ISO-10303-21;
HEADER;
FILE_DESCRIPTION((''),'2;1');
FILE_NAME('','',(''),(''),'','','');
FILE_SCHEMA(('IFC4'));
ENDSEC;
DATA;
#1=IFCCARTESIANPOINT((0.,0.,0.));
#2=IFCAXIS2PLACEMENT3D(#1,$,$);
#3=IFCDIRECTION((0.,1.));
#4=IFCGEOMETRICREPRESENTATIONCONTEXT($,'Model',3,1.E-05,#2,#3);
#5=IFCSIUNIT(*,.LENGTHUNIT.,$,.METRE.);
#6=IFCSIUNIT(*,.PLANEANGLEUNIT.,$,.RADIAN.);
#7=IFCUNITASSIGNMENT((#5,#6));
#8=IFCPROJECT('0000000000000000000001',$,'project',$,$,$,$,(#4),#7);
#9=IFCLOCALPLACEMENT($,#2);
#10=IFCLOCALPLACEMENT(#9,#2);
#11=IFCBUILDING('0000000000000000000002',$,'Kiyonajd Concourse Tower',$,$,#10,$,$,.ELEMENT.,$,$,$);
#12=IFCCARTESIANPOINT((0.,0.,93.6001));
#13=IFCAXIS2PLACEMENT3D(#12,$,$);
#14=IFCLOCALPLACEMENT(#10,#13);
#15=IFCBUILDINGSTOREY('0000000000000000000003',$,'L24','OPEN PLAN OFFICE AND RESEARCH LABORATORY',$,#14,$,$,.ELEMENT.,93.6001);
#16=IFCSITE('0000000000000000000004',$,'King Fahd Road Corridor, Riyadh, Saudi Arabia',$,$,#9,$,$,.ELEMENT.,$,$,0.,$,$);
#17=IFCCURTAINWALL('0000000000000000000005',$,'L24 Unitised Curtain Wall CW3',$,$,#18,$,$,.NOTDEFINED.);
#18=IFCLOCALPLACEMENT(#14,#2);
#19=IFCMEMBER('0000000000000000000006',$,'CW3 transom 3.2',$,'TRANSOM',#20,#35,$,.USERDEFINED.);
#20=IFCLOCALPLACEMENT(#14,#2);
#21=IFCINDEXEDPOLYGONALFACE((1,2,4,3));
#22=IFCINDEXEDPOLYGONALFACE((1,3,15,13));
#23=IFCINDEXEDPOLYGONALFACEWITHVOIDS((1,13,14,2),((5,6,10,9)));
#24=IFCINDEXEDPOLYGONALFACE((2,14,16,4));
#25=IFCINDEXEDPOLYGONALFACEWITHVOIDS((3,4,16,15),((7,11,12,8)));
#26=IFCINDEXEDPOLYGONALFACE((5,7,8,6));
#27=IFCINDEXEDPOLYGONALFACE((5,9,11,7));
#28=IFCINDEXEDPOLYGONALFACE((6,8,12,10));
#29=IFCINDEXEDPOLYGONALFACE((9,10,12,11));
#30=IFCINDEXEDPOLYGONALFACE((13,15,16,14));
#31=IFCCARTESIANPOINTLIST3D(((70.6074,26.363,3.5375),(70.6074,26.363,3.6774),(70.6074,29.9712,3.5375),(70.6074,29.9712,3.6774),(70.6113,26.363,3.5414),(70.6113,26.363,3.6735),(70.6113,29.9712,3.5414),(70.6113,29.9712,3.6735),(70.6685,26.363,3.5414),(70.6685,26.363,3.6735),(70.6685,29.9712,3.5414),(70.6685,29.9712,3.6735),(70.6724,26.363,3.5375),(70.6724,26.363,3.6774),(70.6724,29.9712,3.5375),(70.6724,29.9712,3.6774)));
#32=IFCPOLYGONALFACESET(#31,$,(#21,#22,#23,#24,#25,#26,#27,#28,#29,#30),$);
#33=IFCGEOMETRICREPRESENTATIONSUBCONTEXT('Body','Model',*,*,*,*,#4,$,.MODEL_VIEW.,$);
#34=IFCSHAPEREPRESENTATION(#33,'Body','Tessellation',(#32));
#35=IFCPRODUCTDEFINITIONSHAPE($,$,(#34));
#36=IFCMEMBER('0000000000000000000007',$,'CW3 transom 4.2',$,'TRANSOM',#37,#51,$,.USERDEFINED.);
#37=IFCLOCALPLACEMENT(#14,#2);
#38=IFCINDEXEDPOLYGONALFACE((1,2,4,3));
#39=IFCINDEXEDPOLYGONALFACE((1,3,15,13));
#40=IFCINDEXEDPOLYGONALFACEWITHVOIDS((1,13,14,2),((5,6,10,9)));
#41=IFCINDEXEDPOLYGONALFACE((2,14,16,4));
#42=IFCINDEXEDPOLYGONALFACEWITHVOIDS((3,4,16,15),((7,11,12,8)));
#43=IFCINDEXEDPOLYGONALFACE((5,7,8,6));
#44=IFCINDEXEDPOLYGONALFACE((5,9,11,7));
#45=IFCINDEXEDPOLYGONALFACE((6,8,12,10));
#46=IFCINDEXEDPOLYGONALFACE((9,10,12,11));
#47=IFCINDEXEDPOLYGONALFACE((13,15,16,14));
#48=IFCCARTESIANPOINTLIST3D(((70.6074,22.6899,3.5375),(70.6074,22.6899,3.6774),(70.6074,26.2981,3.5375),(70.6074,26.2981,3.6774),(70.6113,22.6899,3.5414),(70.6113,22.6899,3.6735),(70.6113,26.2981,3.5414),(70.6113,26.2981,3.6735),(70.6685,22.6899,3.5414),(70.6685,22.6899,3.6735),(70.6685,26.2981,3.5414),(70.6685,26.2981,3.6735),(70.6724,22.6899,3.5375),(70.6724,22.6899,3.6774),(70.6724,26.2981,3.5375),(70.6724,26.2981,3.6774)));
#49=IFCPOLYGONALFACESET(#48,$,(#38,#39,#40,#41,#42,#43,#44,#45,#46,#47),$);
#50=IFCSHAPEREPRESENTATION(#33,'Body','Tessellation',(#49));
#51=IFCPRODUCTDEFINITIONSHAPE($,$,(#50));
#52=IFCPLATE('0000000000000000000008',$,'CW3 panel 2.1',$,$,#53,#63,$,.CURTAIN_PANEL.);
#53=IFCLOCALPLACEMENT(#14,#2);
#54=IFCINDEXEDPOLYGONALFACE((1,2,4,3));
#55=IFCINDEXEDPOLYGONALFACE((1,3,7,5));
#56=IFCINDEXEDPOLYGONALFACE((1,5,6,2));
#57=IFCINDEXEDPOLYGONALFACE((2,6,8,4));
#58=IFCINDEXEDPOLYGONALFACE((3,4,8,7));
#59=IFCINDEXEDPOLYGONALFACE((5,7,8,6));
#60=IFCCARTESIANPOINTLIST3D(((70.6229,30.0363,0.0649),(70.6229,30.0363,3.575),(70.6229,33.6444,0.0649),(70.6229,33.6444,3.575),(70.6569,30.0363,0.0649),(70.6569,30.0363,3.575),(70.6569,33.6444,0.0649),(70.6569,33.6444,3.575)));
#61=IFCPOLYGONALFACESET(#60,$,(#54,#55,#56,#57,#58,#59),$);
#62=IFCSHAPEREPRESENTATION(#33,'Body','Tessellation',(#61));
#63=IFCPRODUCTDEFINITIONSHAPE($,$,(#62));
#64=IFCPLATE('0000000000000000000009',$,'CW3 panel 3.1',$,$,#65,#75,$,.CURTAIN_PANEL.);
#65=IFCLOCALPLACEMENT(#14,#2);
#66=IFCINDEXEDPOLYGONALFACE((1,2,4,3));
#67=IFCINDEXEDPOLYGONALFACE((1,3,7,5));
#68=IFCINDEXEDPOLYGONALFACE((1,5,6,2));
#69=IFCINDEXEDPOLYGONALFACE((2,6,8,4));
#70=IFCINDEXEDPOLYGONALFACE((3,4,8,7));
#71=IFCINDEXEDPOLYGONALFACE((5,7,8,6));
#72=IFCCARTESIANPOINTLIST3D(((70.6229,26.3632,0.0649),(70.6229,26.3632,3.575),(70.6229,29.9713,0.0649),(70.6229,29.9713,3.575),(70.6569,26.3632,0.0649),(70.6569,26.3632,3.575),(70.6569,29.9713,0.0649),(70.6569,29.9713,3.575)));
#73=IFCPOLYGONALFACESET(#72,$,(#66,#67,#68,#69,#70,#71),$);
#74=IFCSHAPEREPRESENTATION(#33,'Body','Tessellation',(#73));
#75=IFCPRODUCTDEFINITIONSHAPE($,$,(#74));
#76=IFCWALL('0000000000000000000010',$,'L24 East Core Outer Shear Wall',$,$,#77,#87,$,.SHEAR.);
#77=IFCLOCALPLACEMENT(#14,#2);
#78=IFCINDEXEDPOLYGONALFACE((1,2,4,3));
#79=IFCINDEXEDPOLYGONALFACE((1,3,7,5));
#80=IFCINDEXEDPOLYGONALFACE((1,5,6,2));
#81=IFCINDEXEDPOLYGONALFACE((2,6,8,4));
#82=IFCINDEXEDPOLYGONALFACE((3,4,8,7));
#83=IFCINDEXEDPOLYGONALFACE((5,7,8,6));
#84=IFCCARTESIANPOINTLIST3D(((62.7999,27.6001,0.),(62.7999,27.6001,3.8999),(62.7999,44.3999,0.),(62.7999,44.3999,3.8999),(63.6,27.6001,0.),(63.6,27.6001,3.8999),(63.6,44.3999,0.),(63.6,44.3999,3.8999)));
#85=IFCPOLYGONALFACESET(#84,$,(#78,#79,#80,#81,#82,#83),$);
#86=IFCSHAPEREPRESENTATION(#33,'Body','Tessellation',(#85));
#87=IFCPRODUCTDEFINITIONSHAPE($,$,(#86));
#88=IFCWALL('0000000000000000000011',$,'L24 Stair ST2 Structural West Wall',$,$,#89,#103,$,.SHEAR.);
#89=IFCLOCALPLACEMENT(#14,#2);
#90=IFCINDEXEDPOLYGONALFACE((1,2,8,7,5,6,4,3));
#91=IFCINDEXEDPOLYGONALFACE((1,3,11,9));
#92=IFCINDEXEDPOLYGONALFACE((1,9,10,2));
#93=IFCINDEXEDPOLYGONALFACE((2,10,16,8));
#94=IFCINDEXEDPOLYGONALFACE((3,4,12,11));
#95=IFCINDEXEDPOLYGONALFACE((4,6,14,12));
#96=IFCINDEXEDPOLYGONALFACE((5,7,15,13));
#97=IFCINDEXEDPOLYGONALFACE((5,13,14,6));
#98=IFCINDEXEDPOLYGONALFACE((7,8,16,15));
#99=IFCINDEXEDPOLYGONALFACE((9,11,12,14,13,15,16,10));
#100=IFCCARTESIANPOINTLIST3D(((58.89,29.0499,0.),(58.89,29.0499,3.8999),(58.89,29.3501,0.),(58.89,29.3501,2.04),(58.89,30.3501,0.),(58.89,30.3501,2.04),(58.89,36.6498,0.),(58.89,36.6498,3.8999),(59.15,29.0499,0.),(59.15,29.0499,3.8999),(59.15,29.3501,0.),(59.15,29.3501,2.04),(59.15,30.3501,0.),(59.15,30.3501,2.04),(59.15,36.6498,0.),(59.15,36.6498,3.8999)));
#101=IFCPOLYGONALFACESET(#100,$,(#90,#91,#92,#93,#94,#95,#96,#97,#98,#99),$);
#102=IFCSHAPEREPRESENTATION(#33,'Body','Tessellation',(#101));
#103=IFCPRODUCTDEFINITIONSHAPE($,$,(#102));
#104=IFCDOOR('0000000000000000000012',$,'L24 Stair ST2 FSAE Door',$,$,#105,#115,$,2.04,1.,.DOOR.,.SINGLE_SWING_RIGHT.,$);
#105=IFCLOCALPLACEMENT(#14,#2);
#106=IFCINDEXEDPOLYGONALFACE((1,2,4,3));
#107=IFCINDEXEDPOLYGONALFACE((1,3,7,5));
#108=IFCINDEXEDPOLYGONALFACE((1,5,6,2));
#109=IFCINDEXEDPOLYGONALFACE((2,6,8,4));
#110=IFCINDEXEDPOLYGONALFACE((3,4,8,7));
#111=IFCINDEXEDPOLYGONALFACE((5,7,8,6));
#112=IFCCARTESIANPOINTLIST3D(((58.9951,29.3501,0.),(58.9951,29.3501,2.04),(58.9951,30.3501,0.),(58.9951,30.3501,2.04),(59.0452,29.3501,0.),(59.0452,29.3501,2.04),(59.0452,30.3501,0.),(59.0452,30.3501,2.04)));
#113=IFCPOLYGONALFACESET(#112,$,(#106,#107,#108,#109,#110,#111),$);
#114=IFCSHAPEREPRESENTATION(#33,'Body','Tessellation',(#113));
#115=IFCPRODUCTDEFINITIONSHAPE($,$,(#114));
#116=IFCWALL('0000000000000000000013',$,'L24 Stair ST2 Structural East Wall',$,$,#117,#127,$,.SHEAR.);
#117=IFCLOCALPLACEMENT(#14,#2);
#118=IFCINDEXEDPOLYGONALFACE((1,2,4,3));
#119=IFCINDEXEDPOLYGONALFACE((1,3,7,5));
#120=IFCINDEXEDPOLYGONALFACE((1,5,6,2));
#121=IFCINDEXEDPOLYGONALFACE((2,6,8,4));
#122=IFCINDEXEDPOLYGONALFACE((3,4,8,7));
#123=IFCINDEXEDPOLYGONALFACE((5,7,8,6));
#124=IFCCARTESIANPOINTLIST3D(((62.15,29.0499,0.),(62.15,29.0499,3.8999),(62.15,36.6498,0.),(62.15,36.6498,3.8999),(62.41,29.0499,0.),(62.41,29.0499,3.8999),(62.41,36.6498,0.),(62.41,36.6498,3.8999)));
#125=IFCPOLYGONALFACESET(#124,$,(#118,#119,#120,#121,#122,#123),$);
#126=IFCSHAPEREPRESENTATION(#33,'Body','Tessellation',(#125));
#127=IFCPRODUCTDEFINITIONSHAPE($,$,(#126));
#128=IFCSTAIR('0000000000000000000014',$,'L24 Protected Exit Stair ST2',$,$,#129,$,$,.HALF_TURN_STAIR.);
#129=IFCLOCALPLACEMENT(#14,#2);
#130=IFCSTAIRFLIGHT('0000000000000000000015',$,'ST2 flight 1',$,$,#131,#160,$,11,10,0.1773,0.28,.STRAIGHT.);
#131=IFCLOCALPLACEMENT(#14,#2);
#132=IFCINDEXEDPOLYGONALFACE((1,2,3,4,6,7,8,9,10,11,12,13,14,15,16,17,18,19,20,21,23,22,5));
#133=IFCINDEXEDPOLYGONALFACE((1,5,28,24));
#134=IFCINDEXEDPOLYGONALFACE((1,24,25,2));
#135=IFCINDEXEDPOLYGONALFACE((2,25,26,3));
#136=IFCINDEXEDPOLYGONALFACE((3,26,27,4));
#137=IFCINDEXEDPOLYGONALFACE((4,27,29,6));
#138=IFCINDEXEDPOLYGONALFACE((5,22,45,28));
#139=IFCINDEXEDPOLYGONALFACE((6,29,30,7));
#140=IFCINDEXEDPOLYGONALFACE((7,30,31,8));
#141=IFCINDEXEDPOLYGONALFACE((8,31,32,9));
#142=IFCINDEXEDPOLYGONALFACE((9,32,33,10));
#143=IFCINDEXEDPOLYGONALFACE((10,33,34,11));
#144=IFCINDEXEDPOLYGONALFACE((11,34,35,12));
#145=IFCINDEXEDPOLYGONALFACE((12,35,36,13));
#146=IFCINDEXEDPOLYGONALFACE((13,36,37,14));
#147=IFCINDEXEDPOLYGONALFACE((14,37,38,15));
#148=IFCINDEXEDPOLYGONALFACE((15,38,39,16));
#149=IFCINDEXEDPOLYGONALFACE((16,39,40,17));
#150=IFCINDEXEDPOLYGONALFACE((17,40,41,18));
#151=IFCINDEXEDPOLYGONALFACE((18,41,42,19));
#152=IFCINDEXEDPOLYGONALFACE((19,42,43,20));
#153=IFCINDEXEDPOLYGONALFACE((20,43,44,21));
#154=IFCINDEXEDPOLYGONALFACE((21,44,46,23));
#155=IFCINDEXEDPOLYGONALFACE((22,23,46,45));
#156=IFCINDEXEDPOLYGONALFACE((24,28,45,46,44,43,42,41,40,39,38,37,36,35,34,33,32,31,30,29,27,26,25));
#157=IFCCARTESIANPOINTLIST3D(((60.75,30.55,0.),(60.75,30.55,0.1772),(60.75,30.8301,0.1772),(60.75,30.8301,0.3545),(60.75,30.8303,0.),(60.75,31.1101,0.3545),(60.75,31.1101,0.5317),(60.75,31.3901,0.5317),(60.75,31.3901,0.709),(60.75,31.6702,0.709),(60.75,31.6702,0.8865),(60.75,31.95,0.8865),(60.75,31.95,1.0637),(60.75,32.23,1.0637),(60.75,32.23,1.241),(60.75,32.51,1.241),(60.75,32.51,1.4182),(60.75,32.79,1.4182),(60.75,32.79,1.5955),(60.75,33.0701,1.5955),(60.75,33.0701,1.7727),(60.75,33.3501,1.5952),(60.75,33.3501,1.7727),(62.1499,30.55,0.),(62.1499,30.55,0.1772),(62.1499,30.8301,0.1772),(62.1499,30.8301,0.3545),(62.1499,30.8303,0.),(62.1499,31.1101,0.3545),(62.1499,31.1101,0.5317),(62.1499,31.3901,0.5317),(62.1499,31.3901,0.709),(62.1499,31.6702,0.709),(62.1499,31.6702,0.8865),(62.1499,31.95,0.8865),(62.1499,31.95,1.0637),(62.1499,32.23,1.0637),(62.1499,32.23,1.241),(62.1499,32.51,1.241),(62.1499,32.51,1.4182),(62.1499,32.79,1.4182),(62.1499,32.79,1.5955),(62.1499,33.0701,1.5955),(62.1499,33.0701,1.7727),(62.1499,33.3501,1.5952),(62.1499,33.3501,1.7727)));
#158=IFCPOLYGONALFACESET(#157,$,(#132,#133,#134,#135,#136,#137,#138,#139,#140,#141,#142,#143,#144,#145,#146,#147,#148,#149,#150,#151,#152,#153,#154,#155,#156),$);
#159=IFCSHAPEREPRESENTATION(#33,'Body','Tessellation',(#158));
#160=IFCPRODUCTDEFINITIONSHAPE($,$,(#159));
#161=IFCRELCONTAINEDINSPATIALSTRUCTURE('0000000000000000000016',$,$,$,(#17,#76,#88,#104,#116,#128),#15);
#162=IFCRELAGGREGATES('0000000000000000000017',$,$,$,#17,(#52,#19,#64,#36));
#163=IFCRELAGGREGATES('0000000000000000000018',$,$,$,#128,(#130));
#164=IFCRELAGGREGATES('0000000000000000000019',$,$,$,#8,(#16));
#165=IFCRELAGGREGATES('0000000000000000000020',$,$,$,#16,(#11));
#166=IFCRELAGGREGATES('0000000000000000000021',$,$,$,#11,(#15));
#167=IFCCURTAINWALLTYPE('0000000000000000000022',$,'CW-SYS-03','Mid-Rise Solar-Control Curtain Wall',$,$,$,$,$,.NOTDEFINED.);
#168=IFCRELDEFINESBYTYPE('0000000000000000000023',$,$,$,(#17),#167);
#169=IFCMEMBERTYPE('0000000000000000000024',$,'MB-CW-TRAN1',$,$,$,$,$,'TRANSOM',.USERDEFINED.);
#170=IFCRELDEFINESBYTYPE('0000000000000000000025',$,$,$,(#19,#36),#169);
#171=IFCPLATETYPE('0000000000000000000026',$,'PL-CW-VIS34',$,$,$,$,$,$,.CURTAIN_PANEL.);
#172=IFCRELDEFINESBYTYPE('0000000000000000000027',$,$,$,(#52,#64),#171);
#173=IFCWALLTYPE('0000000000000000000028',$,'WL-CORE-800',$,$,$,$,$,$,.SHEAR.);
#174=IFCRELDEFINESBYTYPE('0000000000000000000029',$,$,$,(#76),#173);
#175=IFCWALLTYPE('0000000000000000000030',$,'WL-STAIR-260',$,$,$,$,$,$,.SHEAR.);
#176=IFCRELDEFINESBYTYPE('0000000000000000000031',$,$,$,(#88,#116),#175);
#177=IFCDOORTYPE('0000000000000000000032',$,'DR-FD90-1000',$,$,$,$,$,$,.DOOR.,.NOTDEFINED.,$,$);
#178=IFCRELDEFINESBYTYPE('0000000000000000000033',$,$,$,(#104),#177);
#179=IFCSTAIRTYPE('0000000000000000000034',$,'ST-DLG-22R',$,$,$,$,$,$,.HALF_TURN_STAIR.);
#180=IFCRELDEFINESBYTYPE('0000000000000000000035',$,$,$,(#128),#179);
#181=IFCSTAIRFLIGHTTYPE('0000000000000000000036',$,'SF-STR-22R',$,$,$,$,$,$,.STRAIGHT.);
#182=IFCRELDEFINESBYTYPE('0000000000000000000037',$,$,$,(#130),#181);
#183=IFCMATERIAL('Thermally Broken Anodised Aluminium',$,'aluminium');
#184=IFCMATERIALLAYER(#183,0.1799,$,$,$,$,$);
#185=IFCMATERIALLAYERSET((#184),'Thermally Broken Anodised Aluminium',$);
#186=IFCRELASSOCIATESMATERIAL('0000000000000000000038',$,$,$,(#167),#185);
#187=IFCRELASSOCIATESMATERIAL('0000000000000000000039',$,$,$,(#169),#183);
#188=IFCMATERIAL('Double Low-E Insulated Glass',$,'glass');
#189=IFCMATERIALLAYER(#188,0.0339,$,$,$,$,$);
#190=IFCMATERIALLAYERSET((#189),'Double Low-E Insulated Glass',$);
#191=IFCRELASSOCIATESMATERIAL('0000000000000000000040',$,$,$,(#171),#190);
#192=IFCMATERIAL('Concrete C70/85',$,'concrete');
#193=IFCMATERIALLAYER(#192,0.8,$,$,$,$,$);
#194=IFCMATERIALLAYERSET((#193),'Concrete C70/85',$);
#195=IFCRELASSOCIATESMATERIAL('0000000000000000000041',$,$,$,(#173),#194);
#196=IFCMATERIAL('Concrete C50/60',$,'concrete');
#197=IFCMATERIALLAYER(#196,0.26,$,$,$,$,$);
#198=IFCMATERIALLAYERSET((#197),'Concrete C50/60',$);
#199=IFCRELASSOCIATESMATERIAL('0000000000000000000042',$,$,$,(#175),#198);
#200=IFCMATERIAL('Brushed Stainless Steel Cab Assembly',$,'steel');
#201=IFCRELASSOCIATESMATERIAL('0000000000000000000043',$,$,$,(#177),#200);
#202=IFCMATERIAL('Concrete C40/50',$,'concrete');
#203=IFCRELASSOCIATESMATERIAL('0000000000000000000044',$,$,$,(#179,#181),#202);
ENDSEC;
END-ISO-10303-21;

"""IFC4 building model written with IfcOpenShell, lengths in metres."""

from ifc_helpers import new_model, si_unit, direction, frame, frame_2d, origin, origin_2d, place, context, subcontext, project, spatial, polyline, rectangle, hollow_rectangle, outline, extrude, material, layer, layer_set, material_profile, profile_set, type_object, element, fill, aggregate, save


model = new_model("IFC4")

# Units and contexts
model_context = context("Model", 3, precision=1e-05, world=origin(), true_north=direction((0.0, 1.0)))
body_context = subcontext(model_context, "Body", "Model", "MODEL_VIEW")
ifc_project = project(units=[si_unit("LENGTHUNIT", "METRE"), si_unit("PLANEANGLEUNIT", "RADIAN")], contexts=[model_context])

# Site, building, storey
site_placement = place(None, origin())
site = spatial("IfcSite", under=ifc_project, at=site_placement, Name="King Fahd Road Corridor, Riyadh, Saudi Arabia", CompositionType="ELEMENT", RefElevation=0.0)
building_placement = place(site_placement, origin())
building = spatial("IfcBuilding", under=site, at=building_placement, Name="Kiyonajd Concourse Tower", CompositionType="ELEMENT")
storey_placement = place(building_placement, frame((0.0, 0.0, 93.6001)))
storey = spatial("IfcBuildingStorey", under=building, at=storey_placement, Name="L24", Description="OPEN PLAN OFFICE AND RESEARCH LABORATORY", CompositionType="ELEMENT", Elevation=93.6001)

# Shared definitions
ifc_material_1 = material(Name="Concrete C70/85", Category="concrete")

# Shared definitions
ifc_material_2 = material(Name="Concrete C50/60", Category="concrete")

# Curtain wall, members, plates
ifc_material_3 = material(Name="Thermally Broken Anodised Aluminium", Category="aluminium")
ifc_layer_1 = layer(ifc_material_3, 0.1799)
ifc_layer_set_1 = layer_set([ifc_layer_1], Name="Thermally Broken Anodised Aluminium")
curtain_wall_type = type_object("IfcCurtainWallType", Name="CW-SYS-03", Description="Mid-Rise Solar-Control Curtain Wall", PredefinedType="NOTDEFINED", material=ifc_layer_set_1)
curtain_wall_placement = place(storey_placement, origin())
curtain_wall = element("IfcCurtainWall", 1, at=curtain_wall_placement, inside=storey, type_object=curtain_wall_type, Name="L24 Unitised Curtain Wall CW3", PredefinedType="NOTDEFINED")
ifc_material_profile_1 = material_profile(ifc_material_3, hollow_rectangle(XDim=0.0649, YDim=0.1399, WallThickness=0.0039, at=origin_2d()), Name="TRAN-65x140")
ifc_profile_set_1 = profile_set([ifc_material_profile_1], Name="Thermally Broken Anodised Aluminium")
member_type_1 = type_object("IfcMemberType", Name="MB-CW-TRAN1", ElementType="TRANSOM", PredefinedType="USERDEFINED", material=ifc_profile_set_1)
member_1_placement = place(storey_placement, frame((70.6399, 29.9712, 3.6074), z_axis=(0.0, -1.0, 0.0), x_axis=(1.0, 0.0, 0.0)))
member_1 = element("IfcMember", 2, at=member_1_placement, type_object=member_type_1, Name="CW3 transom 3.2", ObjectType="TRANSOM", PredefinedType="USERDEFINED", context=body_context, shape_type="SweptSolid", body=[
    extrude(hollow_rectangle(XDim=0.0649, YDim=0.1399, WallThickness=0.0039, at=origin_2d()), origin(), (0.0, 0.0, 1.0), 3.6082),
])
member_2_placement = place(storey_placement, frame((70.6399, 26.2981, 3.6074), z_axis=(0.0, -1.0, 0.0), x_axis=(1.0, 0.0, 0.0)))
member_2 = element("IfcMember", 3, at=member_2_placement, type_object=member_type_1, Name="CW3 transom 4.2", ObjectType="TRANSOM", PredefinedType="USERDEFINED", context=body_context, shape_type="SweptSolid", body=[
    extrude(hollow_rectangle(XDim=0.0649, YDim=0.1399, WallThickness=0.0039, at=origin_2d()), origin(), (0.0, 0.0, 1.0), 3.6082),
])
ifc_material_4 = material(Name="Double Low-E Insulated Glass", Category="glass")
ifc_layer_2 = layer(ifc_material_4, 0.0339)
ifc_layer_set_2 = layer_set([ifc_layer_2], Name="Double Low-E Insulated Glass")
plate_type = type_object("IfcPlateType", Name="PL-CW-VIS34", PredefinedType="CURTAIN_PANEL", material=ifc_layer_set_2)
plate_1_placement = place(storey_placement, frame((70.6399, 31.8403, 0.0649), z_axis=(0.0, 0.0, 1.0), x_axis=(0.0, -1.0, 0.0)))
plate_1 = element("IfcPlate", 4, at=plate_1_placement, type_object=plate_type, Name="CW3 panel 2.1", PredefinedType="CURTAIN_PANEL", context=body_context, shape_type="SweptSolid", body=[
    extrude(rectangle(XDim=3.6082, YDim=0.0339, at=origin_2d()), origin(), (0.0, 0.0, 1.0), 3.51),
])
plate_2_placement = place(storey_placement, frame((70.6399, 28.1672, 0.0649), z_axis=(0.0, 0.0, 1.0), x_axis=(0.0, -1.0, 0.0)))
plate_2 = element("IfcPlate", 5, at=plate_2_placement, type_object=plate_type, Name="CW3 panel 3.1", PredefinedType="CURTAIN_PANEL", context=body_context, shape_type="SweptSolid", body=[
    extrude(rectangle(XDim=3.6082, YDim=0.0339, at=origin_2d()), origin(), (0.0, 0.0, 1.0), 3.51),
])
aggregate(curtain_wall, [plate_1, member_1, plate_2, member_2])

# Wall
ifc_layer_3 = layer(ifc_material_1, 0.8)
ifc_layer_set_3 = layer_set([ifc_layer_3], Name="Concrete C70/85")
wall_type_1 = type_object("IfcWallType", Name="WL-CORE-800", PredefinedType="SHEAR", material=ifc_layer_set_3)
wall_1_placement = place(storey_placement, frame((63.2, 27.6001, 0.0), z_axis=(0.0, 0.0, 1.0), x_axis=(0.0, 1.0, 0.0)))
element("IfcWall", 6, at=wall_1_placement, inside=storey, type_object=wall_type_1, Name="L24 East Core Outer Shear Wall", PredefinedType="SHEAR", context=body_context, shape_type="SweptSolid", body=[
    extrude(rectangle(XDim=16.7998, YDim=0.8, at=frame_2d((8.3999, 0.0))), origin(), (0.0, 0.0, 1.0), 3.8999),
])

# Wall, opening, door
ifc_layer_4 = layer(ifc_material_2, 0.26)
ifc_layer_set_4 = layer_set([ifc_layer_4], Name="Concrete C50/60")
wall_type_2 = type_object("IfcWallType", Name="WL-STAIR-260", PredefinedType="SHEAR", material=ifc_layer_set_4)
wall_2_placement = place(storey_placement, frame((59.02, 29.05, 0.0), z_axis=(0.0, 0.0, 1.0), x_axis=(0.0, 1.0, 0.0)))
wall_2 = element("IfcWall", 7, at=wall_2_placement, inside=storey, type_object=wall_type_2, Name="L24 Stair ST2 Structural West Wall", PredefinedType="SHEAR", context=body_context, shape_type="SweptSolid", body=[
    extrude(rectangle(XDim=7.5999, YDim=0.26, at=frame_2d((3.7998, 0.0))), origin(), (0.0, 0.0, 1.0), 3.8999),
])
opening_placement = place(wall_2_placement, frame((0.3, 0.0, 0.0)))
opening = element("IfcOpeningElement", 8, at=opening_placement, cuts=wall_2, PredefinedType="OPENING", context=body_context, shape_type="SweptSolid", body=[
    extrude(rectangle(XDim=1.0, YDim=2.04, at=frame_2d((0.5, 1.02))), frame((0.0, 0.1399, 0.0), z_axis=(0.0, -1.0, 0.0), x_axis=(1.0, 0.0, 0.0)), (0.0, 0.0, 1.0), 0.28),
])
ifc_material_5 = material(Name="Brushed Stainless Steel Cab Assembly", Category="steel")
door_type = type_object("IfcDoorType", Name="DR-FD90-1000", OperationType="NOTDEFINED", PredefinedType="DOOR", material=ifc_material_5)
door_placement = place(opening_placement, origin())
door = element("IfcDoor", 9, at=door_placement, inside=storey, type_object=door_type, Name="L24 Stair ST2 FSAE Door", OperationType="SINGLE_SWING_RIGHT", OverallHeight=2.04, OverallWidth=1.0, PredefinedType="DOOR", context=body_context, shape_type="SweptSolid", body=[
    extrude(rectangle(XDim=1.0, YDim=2.04, at=frame_2d((0.5, 1.02))), frame((0.0, 0.0249, 0.0), z_axis=(0.0, -1.0, 0.0), x_axis=(1.0, 0.0, 0.0)), (0.0, 0.0, 1.0), 0.05),
])
fill(opening, door)

# Wall
wall_3_placement = place(storey_placement, frame((62.28, 29.05, 0.0), z_axis=(0.0, 0.0, 1.0), x_axis=(0.0, 1.0, 0.0)))
element("IfcWall", 10, at=wall_3_placement, inside=storey, type_object=wall_type_2, Name="L24 Stair ST2 Structural East Wall", PredefinedType="SHEAR", context=body_context, shape_type="SweptSolid", body=[
    extrude(rectangle(XDim=7.5999, YDim=0.26, at=frame_2d((3.7998, 0.0))), origin(), (0.0, 0.0, 1.0), 3.8999),
])

# Stair, stair flight
ifc_material_6 = material(Name="Concrete C40/50", Category="concrete")
stair_type = type_object("IfcStairType", Name="ST-DLG-22R", PredefinedType="HALF_TURN_STAIR", material=ifc_material_6)
stair_placement = place(storey_placement, origin())
stair = element("IfcStair", 11, at=stair_placement, inside=storey, type_object=stair_type, Name="L24 Protected Exit Stair ST2", PredefinedType="HALF_TURN_STAIR")
stair_flight_type = type_object("IfcStairFlightType", Name="SF-STR-22R", PredefinedType="STRAIGHT", material=ifc_material_6)
stair_flight_1_placement = place(storey_placement, frame((61.45, 30.55, 0.0), z_axis=(0.0, 0.0, 1.0), x_axis=(0.0, 1.0, 0.0)))
stair_flight_1 = element("IfcStairFlight", 12, at=stair_flight_1_placement, type_object=stair_flight_type, Name="ST2 flight 1", NumberOfRisers=11, NumberOfTreads=10, PredefinedType="STRAIGHT", RiserHeight=0.1773, TreadLength=0.28, context=body_context, shape_type="SweptSolid", body=[
    extrude(outline(polyline([(0.0, 0.0), (0.0, 0.1772), (0.28, 0.1772), (0.28, 0.3545), (0.5601, 0.3545), (0.5601, 0.5317), (0.8401, 0.5317), (0.8401, 0.709), (1.1201, 0.709), (1.1201, 0.8865), (1.3999, 0.8865), (1.3999, 1.0637), (1.6799, 1.0637), (1.6799, 1.241), (1.96, 1.241), (1.96, 1.4182), (2.24, 1.4182), (2.24, 1.5955), (2.52, 1.5955), (2.52, 1.7727), (2.8, 1.7727), (2.8, 1.95), (2.8, 1.5952), (0.2803, 0.0), (0.0, 0.0)])), frame((0.0, 0.7, 0.0), z_axis=(0.0, -1.0, 0.0), x_axis=(1.0, 0.0, 0.0)), (0.0, 0.0, 1.0), 1.3999),
])
aggregate(stair, [stair_flight_1])

save(model, "model.ifc")
